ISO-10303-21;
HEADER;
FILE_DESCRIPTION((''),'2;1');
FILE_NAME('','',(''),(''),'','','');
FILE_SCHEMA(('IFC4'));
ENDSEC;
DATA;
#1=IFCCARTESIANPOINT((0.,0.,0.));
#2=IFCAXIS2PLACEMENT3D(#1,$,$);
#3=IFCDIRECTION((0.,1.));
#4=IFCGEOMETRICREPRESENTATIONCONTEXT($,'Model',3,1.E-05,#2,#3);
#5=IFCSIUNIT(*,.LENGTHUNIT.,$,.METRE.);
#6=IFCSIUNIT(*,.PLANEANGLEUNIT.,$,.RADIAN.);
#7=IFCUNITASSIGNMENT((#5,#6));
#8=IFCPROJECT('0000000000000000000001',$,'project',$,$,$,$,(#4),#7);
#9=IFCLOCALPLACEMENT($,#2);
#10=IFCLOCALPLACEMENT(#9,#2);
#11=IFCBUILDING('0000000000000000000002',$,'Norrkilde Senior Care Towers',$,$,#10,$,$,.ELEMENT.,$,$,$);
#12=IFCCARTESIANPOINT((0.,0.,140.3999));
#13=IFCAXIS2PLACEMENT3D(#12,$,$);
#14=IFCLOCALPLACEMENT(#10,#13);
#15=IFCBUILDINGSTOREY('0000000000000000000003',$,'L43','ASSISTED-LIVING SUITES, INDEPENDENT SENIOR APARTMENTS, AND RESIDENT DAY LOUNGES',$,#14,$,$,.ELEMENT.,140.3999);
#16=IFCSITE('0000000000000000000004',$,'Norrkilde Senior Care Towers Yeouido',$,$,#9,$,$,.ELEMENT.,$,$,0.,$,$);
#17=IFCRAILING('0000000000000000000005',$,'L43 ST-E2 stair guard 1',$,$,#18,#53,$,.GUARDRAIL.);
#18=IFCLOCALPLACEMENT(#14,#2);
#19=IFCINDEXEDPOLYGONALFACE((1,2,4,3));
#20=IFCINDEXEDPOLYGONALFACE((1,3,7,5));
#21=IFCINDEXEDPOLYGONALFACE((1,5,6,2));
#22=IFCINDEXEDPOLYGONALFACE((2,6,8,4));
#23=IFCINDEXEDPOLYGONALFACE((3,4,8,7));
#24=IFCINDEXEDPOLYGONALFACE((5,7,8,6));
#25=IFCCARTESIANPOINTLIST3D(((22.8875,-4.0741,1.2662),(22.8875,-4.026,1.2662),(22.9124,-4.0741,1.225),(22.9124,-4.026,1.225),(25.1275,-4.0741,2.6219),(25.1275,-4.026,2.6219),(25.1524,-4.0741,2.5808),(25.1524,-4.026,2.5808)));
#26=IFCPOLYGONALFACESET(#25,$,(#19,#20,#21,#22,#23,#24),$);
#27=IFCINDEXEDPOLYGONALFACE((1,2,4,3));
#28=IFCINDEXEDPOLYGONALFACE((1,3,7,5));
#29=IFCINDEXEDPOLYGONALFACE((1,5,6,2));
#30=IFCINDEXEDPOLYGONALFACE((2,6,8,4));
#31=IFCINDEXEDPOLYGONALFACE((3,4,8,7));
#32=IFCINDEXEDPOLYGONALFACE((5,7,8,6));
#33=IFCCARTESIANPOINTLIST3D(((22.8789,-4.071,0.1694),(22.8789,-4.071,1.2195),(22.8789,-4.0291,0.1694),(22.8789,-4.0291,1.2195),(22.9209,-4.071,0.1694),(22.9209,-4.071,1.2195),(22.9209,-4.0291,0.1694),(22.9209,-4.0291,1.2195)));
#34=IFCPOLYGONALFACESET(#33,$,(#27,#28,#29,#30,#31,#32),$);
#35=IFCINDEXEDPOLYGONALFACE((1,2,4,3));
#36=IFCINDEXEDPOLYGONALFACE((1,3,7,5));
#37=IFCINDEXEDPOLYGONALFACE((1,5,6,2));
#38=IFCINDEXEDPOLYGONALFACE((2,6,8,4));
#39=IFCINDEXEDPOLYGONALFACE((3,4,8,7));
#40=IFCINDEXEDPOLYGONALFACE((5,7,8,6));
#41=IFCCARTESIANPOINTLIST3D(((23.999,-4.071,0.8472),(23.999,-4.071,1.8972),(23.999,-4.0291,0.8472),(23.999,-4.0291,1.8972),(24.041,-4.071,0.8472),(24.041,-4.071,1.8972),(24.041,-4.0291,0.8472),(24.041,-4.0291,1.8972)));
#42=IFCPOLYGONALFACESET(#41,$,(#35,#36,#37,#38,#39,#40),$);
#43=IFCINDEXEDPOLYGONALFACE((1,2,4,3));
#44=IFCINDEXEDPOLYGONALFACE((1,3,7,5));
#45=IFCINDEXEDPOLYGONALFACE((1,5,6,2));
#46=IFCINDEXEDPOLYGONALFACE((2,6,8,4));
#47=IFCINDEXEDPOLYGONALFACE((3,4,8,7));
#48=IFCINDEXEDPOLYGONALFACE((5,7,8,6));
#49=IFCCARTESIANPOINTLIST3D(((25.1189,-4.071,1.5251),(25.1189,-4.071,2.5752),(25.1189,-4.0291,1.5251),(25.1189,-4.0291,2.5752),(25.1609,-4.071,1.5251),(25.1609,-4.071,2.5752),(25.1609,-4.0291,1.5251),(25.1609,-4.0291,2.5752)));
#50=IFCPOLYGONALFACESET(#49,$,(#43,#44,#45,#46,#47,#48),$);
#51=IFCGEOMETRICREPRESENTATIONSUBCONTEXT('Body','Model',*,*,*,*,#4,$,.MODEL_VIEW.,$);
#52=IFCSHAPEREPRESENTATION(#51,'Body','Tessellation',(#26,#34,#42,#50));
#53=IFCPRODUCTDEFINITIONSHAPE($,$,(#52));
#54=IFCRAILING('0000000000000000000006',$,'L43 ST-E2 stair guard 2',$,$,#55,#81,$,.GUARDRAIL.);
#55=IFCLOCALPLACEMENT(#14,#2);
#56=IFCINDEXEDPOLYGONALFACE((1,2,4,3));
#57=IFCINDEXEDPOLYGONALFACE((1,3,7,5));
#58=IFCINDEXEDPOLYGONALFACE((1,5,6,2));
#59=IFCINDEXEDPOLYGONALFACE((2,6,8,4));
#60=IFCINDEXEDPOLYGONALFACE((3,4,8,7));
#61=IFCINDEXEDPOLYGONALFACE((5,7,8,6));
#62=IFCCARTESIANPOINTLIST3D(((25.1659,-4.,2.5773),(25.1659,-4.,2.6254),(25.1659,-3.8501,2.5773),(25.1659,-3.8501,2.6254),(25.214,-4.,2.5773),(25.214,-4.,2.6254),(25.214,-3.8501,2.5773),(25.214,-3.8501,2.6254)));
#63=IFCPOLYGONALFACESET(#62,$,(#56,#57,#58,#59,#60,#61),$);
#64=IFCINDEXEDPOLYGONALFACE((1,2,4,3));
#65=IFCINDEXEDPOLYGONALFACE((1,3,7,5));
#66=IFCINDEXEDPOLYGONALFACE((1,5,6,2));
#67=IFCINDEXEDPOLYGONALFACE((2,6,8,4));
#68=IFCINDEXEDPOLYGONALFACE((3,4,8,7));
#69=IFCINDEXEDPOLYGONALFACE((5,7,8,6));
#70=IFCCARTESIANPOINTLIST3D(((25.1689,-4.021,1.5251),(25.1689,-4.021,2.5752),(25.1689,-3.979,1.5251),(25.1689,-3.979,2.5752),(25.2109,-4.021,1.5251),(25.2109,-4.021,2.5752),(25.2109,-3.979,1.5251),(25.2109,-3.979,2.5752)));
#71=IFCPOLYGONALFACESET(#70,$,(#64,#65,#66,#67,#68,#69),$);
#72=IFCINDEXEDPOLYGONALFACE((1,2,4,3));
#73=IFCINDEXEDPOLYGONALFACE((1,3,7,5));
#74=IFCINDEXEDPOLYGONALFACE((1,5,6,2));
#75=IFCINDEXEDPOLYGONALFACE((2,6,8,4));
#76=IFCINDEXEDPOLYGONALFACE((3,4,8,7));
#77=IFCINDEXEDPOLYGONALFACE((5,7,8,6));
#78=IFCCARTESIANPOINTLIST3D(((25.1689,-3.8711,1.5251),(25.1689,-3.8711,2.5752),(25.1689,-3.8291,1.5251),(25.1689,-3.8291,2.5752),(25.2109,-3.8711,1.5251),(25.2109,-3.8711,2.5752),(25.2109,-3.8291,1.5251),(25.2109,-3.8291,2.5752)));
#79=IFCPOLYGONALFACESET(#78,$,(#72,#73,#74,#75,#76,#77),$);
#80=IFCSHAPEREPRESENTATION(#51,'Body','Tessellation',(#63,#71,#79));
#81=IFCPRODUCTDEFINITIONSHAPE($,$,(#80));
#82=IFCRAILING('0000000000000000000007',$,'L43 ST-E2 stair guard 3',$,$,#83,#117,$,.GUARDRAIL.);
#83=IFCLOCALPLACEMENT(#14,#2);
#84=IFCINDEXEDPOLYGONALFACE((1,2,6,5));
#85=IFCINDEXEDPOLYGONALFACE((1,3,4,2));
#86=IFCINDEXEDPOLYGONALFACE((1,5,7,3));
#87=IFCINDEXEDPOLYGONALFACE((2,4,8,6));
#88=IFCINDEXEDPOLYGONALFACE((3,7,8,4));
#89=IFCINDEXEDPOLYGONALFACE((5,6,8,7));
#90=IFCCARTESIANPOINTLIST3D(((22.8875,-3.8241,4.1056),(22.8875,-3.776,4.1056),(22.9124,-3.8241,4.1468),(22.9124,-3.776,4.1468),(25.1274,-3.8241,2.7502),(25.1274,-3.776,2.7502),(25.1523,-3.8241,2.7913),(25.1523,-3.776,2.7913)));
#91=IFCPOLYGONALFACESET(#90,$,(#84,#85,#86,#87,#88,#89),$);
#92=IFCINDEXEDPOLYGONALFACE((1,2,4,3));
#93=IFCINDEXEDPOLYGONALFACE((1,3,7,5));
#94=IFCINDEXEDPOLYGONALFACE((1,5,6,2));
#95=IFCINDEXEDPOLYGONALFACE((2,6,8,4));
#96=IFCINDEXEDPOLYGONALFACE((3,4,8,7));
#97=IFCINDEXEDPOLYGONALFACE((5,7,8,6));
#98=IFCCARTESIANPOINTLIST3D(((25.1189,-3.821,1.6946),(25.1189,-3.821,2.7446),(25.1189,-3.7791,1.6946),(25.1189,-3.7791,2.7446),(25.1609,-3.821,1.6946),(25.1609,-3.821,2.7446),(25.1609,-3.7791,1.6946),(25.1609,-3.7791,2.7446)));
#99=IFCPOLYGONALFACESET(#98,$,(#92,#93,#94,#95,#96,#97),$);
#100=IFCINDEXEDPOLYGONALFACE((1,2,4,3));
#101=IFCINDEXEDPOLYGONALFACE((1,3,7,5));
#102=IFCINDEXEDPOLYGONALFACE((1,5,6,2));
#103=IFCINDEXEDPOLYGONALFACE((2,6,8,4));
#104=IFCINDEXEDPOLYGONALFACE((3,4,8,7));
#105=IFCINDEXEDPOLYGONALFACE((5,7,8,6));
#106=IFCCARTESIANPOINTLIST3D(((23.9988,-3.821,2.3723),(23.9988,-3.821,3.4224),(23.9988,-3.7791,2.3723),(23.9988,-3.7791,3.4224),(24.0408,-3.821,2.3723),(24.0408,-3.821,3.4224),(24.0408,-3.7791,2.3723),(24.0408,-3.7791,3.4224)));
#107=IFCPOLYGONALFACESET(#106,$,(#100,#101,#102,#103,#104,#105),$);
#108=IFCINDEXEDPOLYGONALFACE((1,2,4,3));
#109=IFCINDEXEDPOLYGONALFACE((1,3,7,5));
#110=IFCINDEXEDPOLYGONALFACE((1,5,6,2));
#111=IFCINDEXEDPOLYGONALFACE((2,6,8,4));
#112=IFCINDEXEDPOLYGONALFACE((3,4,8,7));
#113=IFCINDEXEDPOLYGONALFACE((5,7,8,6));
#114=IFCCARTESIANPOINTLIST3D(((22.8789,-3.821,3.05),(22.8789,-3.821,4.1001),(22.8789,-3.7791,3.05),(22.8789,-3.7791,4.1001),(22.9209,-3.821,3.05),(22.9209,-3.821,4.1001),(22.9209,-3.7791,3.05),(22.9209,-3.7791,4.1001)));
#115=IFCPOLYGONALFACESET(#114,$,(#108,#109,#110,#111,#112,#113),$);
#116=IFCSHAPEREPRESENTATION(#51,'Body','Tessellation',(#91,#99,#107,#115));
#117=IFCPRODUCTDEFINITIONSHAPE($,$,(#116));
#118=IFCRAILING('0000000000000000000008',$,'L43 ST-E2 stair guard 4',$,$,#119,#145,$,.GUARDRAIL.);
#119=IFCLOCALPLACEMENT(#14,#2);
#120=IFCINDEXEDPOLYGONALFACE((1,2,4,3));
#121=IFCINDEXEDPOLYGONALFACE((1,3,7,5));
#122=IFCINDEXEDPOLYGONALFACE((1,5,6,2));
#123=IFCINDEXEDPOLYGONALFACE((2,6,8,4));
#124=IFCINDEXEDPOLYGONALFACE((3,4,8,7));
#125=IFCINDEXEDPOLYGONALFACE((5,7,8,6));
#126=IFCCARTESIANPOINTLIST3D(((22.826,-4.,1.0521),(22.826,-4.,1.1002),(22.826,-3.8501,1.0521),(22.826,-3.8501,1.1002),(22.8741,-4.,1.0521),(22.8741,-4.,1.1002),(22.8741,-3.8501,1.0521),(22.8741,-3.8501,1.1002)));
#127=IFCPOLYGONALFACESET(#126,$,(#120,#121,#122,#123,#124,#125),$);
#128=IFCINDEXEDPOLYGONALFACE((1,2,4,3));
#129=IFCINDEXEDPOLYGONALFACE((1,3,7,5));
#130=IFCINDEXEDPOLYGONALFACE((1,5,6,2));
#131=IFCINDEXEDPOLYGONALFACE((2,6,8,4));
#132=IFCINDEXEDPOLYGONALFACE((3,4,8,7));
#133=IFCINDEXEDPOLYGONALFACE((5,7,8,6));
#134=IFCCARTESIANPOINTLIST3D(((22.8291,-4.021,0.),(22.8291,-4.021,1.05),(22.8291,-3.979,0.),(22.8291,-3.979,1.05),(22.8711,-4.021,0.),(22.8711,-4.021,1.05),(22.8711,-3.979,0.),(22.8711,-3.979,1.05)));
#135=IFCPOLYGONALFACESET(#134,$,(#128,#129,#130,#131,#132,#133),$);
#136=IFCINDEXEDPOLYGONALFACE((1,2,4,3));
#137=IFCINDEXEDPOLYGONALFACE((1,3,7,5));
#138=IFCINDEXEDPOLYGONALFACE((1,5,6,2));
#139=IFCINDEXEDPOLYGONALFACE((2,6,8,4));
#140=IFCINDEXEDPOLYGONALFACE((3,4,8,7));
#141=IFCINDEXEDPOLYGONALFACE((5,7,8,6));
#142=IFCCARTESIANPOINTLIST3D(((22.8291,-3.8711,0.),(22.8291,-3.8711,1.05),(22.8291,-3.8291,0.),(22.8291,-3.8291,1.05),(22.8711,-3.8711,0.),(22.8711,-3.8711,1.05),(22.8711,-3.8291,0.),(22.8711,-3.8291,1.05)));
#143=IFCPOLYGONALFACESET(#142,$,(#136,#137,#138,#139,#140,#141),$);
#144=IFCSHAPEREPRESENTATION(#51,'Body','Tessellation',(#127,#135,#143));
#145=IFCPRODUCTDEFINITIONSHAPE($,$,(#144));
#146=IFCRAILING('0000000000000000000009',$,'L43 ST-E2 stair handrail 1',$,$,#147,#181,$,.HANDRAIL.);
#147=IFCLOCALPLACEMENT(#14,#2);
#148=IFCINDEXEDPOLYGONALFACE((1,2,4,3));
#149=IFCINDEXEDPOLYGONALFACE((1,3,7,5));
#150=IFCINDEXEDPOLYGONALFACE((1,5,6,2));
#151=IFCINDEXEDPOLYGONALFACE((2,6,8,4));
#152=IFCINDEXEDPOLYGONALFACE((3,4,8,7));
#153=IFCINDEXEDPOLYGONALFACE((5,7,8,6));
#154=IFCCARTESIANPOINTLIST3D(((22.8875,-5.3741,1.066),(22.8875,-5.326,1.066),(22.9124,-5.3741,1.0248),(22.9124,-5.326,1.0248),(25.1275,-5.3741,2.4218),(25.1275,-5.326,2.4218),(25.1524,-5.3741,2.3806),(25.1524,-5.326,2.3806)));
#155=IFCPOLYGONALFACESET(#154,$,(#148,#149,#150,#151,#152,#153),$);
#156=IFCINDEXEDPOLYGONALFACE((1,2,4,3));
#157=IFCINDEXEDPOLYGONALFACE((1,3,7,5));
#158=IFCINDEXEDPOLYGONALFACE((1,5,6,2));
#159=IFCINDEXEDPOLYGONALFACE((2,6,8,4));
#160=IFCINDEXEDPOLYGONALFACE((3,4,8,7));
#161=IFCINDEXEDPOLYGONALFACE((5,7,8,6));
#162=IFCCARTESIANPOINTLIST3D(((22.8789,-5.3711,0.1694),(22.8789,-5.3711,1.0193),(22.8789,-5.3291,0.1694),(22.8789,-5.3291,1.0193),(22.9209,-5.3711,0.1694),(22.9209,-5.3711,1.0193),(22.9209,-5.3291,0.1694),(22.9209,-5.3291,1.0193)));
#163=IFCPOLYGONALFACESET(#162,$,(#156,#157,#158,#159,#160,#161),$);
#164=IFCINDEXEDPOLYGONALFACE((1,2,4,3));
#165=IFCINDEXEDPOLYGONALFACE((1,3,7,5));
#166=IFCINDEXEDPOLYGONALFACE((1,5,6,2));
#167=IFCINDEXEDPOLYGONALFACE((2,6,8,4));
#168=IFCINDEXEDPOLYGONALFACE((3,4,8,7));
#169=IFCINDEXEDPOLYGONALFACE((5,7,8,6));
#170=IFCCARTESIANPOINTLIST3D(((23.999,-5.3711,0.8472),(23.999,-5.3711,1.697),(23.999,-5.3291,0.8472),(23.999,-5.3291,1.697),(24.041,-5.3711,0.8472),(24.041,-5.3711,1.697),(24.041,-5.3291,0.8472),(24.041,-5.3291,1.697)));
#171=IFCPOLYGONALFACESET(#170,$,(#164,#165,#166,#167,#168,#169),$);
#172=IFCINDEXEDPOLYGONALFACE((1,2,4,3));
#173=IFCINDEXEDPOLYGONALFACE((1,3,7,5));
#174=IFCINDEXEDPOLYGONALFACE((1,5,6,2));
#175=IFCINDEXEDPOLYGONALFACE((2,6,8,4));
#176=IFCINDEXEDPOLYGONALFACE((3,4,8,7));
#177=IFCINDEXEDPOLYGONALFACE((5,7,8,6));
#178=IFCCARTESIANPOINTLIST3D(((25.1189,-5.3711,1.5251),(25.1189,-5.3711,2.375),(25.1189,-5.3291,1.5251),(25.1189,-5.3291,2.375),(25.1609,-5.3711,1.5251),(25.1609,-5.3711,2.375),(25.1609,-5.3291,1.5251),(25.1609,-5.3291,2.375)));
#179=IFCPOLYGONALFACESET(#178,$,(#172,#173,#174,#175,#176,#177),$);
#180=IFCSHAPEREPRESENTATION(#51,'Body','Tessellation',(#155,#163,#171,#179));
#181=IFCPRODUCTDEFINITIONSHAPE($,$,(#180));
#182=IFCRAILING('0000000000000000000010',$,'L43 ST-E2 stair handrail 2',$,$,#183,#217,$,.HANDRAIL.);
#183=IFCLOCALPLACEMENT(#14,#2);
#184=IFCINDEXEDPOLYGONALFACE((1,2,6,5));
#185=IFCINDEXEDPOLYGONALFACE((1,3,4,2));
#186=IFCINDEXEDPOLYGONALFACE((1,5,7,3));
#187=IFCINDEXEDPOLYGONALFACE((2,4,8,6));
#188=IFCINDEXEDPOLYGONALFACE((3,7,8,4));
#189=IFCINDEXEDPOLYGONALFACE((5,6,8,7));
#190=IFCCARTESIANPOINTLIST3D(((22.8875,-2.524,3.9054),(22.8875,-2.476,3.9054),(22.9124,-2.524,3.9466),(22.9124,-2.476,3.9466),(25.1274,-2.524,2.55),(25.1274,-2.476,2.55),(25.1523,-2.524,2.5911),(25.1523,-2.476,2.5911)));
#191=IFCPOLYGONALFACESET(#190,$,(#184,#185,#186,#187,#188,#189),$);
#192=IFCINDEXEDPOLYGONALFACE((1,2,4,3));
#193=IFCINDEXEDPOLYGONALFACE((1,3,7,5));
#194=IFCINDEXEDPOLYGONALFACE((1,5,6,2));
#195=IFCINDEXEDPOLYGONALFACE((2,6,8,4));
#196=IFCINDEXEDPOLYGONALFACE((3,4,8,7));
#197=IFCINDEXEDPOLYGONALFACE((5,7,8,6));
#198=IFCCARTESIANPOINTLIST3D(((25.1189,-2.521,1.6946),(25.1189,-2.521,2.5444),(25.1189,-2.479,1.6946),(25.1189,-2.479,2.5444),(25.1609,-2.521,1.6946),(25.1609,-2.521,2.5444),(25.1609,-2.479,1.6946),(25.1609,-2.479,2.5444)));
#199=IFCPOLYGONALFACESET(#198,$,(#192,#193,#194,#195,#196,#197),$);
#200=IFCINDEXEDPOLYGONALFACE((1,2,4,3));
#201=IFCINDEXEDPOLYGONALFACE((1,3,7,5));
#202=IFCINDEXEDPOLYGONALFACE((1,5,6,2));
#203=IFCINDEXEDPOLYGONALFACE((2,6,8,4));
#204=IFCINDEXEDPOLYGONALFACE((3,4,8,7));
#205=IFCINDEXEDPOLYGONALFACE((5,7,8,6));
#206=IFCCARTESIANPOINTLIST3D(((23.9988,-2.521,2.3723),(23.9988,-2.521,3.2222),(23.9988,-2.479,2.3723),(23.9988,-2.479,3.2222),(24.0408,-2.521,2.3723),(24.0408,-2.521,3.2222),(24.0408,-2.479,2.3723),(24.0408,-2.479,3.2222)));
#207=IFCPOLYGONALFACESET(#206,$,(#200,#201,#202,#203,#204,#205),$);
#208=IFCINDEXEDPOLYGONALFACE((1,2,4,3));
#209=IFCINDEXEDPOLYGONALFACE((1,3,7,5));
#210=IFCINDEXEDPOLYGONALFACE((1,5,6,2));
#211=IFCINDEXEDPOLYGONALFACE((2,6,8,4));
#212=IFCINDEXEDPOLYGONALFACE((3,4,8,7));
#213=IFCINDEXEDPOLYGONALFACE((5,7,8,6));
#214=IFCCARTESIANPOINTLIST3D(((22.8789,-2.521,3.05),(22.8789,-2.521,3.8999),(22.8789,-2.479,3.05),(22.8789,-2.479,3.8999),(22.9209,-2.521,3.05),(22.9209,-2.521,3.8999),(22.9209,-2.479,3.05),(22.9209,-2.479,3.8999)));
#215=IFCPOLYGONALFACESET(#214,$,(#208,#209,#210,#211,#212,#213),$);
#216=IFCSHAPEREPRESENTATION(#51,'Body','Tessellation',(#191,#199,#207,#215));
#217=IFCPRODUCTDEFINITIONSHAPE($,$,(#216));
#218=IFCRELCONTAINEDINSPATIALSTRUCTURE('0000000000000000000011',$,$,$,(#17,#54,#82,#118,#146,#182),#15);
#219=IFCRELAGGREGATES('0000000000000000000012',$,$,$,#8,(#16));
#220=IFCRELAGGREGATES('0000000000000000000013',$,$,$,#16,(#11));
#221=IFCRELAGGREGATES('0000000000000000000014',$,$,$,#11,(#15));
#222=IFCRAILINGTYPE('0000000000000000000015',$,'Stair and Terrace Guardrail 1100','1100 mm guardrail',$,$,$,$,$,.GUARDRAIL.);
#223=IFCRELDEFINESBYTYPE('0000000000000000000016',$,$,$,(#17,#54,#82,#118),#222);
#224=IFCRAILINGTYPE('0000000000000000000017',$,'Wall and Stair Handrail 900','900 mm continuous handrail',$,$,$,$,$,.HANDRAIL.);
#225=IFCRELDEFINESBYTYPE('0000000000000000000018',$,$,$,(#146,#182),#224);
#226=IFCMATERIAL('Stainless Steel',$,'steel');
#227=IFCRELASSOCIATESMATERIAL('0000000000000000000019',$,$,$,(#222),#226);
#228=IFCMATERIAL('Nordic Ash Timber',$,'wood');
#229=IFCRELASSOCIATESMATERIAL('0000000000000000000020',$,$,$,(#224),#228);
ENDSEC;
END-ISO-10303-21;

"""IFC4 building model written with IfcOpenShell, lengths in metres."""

from ifc_helpers import new_model, si_unit, direction, frame, origin, origin_2d, place, context, subcontext, project, spatial, rectangle, extrude, material, type_object, element, save


model = new_model("IFC4")

# Units and contexts
model_context = context("Model", 3, precision=1e-05, world=origin(), true_north=direction((0.0, 1.0)))
body_context = subcontext(model_context, "Body", "Model", "MODEL_VIEW")
ifc_project = project(units=[si_unit("LENGTHUNIT", "METRE"), si_unit("PLANEANGLEUNIT", "RADIAN")], contexts=[model_context])

# Site, building, storey
site_placement = place(None, origin())
site = spatial("IfcSite", under=ifc_project, at=site_placement, Name="Norrkilde Senior Care Towers Yeouido", CompositionType="ELEMENT", RefElevation=0.0)
building_placement = place(site_placement, origin())
building = spatial("IfcBuilding", under=site, at=building_placement, Name="Norrkilde Senior Care Towers", CompositionType="ELEMENT")
storey_placement = place(building_placement, frame((0.0, 0.0, 140.3999)))
storey = spatial("IfcBuildingStorey", under=building, at=storey_placement, Name="L43", Description="ASSISTED-LIVING SUITES, INDEPENDENT SENIOR APARTMENTS, AND RESIDENT DAY LOUNGES", CompositionType="ELEMENT", Elevation=140.3999)

# Railings
ifc_material_1 = material(Name="Stainless Steel", Category="steel")
railing_type_1 = type_object("IfcRailingType", Name="Stair and Terrace Guardrail 1100", Description="1100 mm guardrail", PredefinedType="GUARDRAIL", material=ifc_material_1)
railing_1_placement = place(storey_placement, frame((22.8999, -4.05, 0.1694)))
element("IfcRailing", 1, at=railing_1_placement, inside=storey, type_object=railing_type_1, Name="L43 ST-E2 stair guard 1", PredefinedType="GUARDRAIL", context=body_context, shape_type="SweptSolid", body=[
    extrude(rectangle(XDim=0.0481, YDim=0.0481, at=origin_2d()), frame((0.0, 0.0, 1.0762), z_axis=(0.855512, 0.0, 0.517783), x_axis=(0.0, 1.0, 0.0)), (0.0, 0.0, 1.0), 2.6184),
    extrude(rectangle(XDim=0.042, YDim=0.042, at=origin_2d()), origin(), (0.0, 0.0, 1.0), 1.05),
    extrude(rectangle(XDim=0.042, YDim=0.042, at=origin_2d()), frame((1.1201, 0.0, 0.6777)), (0.0, 0.0, 1.0), 1.05),
    extrude(rectangle(XDim=0.042, YDim=0.042, at=origin_2d()), frame((2.24, 0.0, 1.3557)), (0.0, 0.0, 1.0), 1.05),
])
railing_2_placement = place(storey_placement, frame((25.1899, -4.0, 1.5251)))
element("IfcRailing", 2, at=railing_2_placement, inside=storey, type_object=railing_type_1, Name="L43 ST-E2 stair guard 2", PredefinedType="GUARDRAIL", context=body_context, shape_type="SweptSolid", body=[
    extrude(rectangle(XDim=0.0481, YDim=0.0481, at=origin_2d()), frame((0.0, 0.0, 1.0762), z_axis=(0.0, 1.0, 0.0), x_axis=(-1.0, 0.0, 0.0)), (0.0, 0.0, 1.0), 0.1499),
    extrude(rectangle(XDim=0.042, YDim=0.042, at=origin_2d()), origin(), (0.0, 0.0, 1.0), 1.05),
    extrude(rectangle(XDim=0.042, YDim=0.042, at=origin_2d()), frame((0.0, 0.1499, 0.0)), (0.0, 0.0, 1.0), 1.05),
])
railing_3_placement = place(storey_placement, frame((25.1399, -3.8, 1.6946)))
element("IfcRailing", 3, at=railing_3_placement, inside=storey, type_object=railing_type_1, Name="L43 ST-E2 stair guard 3", PredefinedType="GUARDRAIL", context=body_context, shape_type="SweptSolid", body=[
    extrude(rectangle(XDim=0.0481, YDim=0.0481, at=origin_2d()), frame((0.0, 0.0, 1.0762), z_axis=(-0.855553, 0.0, 0.517715), x_axis=(0.0, -1.0, 0.0)), (0.0, 0.0, 1.0), 2.6182),
    extrude(rectangle(XDim=0.042, YDim=0.042, at=origin_2d()), origin(), (0.0, 0.0, 1.0), 1.05),
    extrude(rectangle(XDim=0.042, YDim=0.042, at=origin_2d()), frame((-1.1201, 0.0, 0.6777)), (0.0, 0.0, 1.0), 1.05),
    extrude(rectangle(XDim=0.042, YDim=0.042, at=origin_2d()), frame((-2.24, 0.0, 1.3555)), (0.0, 0.0, 1.0), 1.05),
])
railing_4_placement = place(storey_placement, frame((22.8501, -4.0, 0.0)))
element("IfcRailing", 4, at=railing_4_placement, inside=storey, type_object=railing_type_1, Name="L43 ST-E2 stair guard 4", PredefinedType="GUARDRAIL", context=body_context, shape_type="SweptSolid", body=[
    extrude(rectangle(XDim=0.0481, YDim=0.0481, at=origin_2d()), frame((0.0, 0.0, 1.0762), z_axis=(0.0, 1.0, 0.0), x_axis=(-1.0, 0.0, 0.0)), (0.0, 0.0, 1.0), 0.1499),
    extrude(rectangle(XDim=0.042, YDim=0.042, at=origin_2d()), origin(), (0.0, 0.0, 1.0), 1.05),
    extrude(rectangle(XDim=0.042, YDim=0.042, at=origin_2d()), frame((0.0, 0.1499, 0.0)), (0.0, 0.0, 1.0), 1.05),
])
ifc_material_2 = material(Name="Nordic Ash Timber", Category="wood")
railing_type_2 = type_object("IfcRailingType", Name="Wall and Stair Handrail 900", Description="900 mm continuous handrail", PredefinedType="HANDRAIL", material=ifc_material_2)
railing_5_placement = place(storey_placement, frame((22.8999, -5.3501, 0.1694)))
element("IfcRailing", 5, at=railing_5_placement, inside=storey, type_object=railing_type_2, Name="L43 ST-E2 stair handrail 1", PredefinedType="HANDRAIL", context=body_context, shape_type="SweptSolid", body=[
    extrude(rectangle(XDim=0.0481, YDim=0.0481, at=origin_2d()), frame((0.0, 0.0, 0.876), z_axis=(0.855512, 0.0, 0.517783), x_axis=(0.0, 1.0, 0.0)), (0.0, 0.0, 1.0), 2.6184),
    extrude(rectangle(XDim=0.042, YDim=0.042, at=origin_2d()), origin(), (0.0, 0.0, 1.0), 0.8499),
    extrude(rectangle(XDim=0.042, YDim=0.042, at=origin_2d()), frame((1.1201, 0.0, 0.6777)), (0.0, 0.0, 1.0), 0.8499),
    extrude(rectangle(XDim=0.042, YDim=0.042, at=origin_2d()), frame((2.24, 0.0, 1.3557)), (0.0, 0.0, 1.0), 0.8499),
])
railing_6_placement = place(storey_placement, frame((25.1399, -2.5, 1.6946)))
element("IfcRailing", 6, at=railing_6_placement, inside=storey, type_object=railing_type_2, Name="L43 ST-E2 stair handrail 2", PredefinedType="HANDRAIL", context=body_context, shape_type="SweptSolid", body=[
    extrude(rectangle(XDim=0.0481, YDim=0.0481, at=origin_2d()), frame((0.0, 0.0, 0.876), z_axis=(-0.855553, 0.0, 0.517715), x_axis=(0.0, -1.0, 0.0)), (0.0, 0.0, 1.0), 2.6182),
    extrude(rectangle(XDim=0.042, YDim=0.042, at=origin_2d()), origin(), (0.0, 0.0, 1.0), 0.8499),
    extrude(rectangle(XDim=0.042, YDim=0.042, at=origin_2d()), frame((-1.1201, 0.0, 0.6777)), (0.0, 0.0, 1.0), 0.8499),
    extrude(rectangle(XDim=0.042, YDim=0.042, at=origin_2d()), frame((-2.24, 0.0, 1.3555)), (0.0, 0.0, 1.0), 0.8499),
])

save(model, "model.ifc")
